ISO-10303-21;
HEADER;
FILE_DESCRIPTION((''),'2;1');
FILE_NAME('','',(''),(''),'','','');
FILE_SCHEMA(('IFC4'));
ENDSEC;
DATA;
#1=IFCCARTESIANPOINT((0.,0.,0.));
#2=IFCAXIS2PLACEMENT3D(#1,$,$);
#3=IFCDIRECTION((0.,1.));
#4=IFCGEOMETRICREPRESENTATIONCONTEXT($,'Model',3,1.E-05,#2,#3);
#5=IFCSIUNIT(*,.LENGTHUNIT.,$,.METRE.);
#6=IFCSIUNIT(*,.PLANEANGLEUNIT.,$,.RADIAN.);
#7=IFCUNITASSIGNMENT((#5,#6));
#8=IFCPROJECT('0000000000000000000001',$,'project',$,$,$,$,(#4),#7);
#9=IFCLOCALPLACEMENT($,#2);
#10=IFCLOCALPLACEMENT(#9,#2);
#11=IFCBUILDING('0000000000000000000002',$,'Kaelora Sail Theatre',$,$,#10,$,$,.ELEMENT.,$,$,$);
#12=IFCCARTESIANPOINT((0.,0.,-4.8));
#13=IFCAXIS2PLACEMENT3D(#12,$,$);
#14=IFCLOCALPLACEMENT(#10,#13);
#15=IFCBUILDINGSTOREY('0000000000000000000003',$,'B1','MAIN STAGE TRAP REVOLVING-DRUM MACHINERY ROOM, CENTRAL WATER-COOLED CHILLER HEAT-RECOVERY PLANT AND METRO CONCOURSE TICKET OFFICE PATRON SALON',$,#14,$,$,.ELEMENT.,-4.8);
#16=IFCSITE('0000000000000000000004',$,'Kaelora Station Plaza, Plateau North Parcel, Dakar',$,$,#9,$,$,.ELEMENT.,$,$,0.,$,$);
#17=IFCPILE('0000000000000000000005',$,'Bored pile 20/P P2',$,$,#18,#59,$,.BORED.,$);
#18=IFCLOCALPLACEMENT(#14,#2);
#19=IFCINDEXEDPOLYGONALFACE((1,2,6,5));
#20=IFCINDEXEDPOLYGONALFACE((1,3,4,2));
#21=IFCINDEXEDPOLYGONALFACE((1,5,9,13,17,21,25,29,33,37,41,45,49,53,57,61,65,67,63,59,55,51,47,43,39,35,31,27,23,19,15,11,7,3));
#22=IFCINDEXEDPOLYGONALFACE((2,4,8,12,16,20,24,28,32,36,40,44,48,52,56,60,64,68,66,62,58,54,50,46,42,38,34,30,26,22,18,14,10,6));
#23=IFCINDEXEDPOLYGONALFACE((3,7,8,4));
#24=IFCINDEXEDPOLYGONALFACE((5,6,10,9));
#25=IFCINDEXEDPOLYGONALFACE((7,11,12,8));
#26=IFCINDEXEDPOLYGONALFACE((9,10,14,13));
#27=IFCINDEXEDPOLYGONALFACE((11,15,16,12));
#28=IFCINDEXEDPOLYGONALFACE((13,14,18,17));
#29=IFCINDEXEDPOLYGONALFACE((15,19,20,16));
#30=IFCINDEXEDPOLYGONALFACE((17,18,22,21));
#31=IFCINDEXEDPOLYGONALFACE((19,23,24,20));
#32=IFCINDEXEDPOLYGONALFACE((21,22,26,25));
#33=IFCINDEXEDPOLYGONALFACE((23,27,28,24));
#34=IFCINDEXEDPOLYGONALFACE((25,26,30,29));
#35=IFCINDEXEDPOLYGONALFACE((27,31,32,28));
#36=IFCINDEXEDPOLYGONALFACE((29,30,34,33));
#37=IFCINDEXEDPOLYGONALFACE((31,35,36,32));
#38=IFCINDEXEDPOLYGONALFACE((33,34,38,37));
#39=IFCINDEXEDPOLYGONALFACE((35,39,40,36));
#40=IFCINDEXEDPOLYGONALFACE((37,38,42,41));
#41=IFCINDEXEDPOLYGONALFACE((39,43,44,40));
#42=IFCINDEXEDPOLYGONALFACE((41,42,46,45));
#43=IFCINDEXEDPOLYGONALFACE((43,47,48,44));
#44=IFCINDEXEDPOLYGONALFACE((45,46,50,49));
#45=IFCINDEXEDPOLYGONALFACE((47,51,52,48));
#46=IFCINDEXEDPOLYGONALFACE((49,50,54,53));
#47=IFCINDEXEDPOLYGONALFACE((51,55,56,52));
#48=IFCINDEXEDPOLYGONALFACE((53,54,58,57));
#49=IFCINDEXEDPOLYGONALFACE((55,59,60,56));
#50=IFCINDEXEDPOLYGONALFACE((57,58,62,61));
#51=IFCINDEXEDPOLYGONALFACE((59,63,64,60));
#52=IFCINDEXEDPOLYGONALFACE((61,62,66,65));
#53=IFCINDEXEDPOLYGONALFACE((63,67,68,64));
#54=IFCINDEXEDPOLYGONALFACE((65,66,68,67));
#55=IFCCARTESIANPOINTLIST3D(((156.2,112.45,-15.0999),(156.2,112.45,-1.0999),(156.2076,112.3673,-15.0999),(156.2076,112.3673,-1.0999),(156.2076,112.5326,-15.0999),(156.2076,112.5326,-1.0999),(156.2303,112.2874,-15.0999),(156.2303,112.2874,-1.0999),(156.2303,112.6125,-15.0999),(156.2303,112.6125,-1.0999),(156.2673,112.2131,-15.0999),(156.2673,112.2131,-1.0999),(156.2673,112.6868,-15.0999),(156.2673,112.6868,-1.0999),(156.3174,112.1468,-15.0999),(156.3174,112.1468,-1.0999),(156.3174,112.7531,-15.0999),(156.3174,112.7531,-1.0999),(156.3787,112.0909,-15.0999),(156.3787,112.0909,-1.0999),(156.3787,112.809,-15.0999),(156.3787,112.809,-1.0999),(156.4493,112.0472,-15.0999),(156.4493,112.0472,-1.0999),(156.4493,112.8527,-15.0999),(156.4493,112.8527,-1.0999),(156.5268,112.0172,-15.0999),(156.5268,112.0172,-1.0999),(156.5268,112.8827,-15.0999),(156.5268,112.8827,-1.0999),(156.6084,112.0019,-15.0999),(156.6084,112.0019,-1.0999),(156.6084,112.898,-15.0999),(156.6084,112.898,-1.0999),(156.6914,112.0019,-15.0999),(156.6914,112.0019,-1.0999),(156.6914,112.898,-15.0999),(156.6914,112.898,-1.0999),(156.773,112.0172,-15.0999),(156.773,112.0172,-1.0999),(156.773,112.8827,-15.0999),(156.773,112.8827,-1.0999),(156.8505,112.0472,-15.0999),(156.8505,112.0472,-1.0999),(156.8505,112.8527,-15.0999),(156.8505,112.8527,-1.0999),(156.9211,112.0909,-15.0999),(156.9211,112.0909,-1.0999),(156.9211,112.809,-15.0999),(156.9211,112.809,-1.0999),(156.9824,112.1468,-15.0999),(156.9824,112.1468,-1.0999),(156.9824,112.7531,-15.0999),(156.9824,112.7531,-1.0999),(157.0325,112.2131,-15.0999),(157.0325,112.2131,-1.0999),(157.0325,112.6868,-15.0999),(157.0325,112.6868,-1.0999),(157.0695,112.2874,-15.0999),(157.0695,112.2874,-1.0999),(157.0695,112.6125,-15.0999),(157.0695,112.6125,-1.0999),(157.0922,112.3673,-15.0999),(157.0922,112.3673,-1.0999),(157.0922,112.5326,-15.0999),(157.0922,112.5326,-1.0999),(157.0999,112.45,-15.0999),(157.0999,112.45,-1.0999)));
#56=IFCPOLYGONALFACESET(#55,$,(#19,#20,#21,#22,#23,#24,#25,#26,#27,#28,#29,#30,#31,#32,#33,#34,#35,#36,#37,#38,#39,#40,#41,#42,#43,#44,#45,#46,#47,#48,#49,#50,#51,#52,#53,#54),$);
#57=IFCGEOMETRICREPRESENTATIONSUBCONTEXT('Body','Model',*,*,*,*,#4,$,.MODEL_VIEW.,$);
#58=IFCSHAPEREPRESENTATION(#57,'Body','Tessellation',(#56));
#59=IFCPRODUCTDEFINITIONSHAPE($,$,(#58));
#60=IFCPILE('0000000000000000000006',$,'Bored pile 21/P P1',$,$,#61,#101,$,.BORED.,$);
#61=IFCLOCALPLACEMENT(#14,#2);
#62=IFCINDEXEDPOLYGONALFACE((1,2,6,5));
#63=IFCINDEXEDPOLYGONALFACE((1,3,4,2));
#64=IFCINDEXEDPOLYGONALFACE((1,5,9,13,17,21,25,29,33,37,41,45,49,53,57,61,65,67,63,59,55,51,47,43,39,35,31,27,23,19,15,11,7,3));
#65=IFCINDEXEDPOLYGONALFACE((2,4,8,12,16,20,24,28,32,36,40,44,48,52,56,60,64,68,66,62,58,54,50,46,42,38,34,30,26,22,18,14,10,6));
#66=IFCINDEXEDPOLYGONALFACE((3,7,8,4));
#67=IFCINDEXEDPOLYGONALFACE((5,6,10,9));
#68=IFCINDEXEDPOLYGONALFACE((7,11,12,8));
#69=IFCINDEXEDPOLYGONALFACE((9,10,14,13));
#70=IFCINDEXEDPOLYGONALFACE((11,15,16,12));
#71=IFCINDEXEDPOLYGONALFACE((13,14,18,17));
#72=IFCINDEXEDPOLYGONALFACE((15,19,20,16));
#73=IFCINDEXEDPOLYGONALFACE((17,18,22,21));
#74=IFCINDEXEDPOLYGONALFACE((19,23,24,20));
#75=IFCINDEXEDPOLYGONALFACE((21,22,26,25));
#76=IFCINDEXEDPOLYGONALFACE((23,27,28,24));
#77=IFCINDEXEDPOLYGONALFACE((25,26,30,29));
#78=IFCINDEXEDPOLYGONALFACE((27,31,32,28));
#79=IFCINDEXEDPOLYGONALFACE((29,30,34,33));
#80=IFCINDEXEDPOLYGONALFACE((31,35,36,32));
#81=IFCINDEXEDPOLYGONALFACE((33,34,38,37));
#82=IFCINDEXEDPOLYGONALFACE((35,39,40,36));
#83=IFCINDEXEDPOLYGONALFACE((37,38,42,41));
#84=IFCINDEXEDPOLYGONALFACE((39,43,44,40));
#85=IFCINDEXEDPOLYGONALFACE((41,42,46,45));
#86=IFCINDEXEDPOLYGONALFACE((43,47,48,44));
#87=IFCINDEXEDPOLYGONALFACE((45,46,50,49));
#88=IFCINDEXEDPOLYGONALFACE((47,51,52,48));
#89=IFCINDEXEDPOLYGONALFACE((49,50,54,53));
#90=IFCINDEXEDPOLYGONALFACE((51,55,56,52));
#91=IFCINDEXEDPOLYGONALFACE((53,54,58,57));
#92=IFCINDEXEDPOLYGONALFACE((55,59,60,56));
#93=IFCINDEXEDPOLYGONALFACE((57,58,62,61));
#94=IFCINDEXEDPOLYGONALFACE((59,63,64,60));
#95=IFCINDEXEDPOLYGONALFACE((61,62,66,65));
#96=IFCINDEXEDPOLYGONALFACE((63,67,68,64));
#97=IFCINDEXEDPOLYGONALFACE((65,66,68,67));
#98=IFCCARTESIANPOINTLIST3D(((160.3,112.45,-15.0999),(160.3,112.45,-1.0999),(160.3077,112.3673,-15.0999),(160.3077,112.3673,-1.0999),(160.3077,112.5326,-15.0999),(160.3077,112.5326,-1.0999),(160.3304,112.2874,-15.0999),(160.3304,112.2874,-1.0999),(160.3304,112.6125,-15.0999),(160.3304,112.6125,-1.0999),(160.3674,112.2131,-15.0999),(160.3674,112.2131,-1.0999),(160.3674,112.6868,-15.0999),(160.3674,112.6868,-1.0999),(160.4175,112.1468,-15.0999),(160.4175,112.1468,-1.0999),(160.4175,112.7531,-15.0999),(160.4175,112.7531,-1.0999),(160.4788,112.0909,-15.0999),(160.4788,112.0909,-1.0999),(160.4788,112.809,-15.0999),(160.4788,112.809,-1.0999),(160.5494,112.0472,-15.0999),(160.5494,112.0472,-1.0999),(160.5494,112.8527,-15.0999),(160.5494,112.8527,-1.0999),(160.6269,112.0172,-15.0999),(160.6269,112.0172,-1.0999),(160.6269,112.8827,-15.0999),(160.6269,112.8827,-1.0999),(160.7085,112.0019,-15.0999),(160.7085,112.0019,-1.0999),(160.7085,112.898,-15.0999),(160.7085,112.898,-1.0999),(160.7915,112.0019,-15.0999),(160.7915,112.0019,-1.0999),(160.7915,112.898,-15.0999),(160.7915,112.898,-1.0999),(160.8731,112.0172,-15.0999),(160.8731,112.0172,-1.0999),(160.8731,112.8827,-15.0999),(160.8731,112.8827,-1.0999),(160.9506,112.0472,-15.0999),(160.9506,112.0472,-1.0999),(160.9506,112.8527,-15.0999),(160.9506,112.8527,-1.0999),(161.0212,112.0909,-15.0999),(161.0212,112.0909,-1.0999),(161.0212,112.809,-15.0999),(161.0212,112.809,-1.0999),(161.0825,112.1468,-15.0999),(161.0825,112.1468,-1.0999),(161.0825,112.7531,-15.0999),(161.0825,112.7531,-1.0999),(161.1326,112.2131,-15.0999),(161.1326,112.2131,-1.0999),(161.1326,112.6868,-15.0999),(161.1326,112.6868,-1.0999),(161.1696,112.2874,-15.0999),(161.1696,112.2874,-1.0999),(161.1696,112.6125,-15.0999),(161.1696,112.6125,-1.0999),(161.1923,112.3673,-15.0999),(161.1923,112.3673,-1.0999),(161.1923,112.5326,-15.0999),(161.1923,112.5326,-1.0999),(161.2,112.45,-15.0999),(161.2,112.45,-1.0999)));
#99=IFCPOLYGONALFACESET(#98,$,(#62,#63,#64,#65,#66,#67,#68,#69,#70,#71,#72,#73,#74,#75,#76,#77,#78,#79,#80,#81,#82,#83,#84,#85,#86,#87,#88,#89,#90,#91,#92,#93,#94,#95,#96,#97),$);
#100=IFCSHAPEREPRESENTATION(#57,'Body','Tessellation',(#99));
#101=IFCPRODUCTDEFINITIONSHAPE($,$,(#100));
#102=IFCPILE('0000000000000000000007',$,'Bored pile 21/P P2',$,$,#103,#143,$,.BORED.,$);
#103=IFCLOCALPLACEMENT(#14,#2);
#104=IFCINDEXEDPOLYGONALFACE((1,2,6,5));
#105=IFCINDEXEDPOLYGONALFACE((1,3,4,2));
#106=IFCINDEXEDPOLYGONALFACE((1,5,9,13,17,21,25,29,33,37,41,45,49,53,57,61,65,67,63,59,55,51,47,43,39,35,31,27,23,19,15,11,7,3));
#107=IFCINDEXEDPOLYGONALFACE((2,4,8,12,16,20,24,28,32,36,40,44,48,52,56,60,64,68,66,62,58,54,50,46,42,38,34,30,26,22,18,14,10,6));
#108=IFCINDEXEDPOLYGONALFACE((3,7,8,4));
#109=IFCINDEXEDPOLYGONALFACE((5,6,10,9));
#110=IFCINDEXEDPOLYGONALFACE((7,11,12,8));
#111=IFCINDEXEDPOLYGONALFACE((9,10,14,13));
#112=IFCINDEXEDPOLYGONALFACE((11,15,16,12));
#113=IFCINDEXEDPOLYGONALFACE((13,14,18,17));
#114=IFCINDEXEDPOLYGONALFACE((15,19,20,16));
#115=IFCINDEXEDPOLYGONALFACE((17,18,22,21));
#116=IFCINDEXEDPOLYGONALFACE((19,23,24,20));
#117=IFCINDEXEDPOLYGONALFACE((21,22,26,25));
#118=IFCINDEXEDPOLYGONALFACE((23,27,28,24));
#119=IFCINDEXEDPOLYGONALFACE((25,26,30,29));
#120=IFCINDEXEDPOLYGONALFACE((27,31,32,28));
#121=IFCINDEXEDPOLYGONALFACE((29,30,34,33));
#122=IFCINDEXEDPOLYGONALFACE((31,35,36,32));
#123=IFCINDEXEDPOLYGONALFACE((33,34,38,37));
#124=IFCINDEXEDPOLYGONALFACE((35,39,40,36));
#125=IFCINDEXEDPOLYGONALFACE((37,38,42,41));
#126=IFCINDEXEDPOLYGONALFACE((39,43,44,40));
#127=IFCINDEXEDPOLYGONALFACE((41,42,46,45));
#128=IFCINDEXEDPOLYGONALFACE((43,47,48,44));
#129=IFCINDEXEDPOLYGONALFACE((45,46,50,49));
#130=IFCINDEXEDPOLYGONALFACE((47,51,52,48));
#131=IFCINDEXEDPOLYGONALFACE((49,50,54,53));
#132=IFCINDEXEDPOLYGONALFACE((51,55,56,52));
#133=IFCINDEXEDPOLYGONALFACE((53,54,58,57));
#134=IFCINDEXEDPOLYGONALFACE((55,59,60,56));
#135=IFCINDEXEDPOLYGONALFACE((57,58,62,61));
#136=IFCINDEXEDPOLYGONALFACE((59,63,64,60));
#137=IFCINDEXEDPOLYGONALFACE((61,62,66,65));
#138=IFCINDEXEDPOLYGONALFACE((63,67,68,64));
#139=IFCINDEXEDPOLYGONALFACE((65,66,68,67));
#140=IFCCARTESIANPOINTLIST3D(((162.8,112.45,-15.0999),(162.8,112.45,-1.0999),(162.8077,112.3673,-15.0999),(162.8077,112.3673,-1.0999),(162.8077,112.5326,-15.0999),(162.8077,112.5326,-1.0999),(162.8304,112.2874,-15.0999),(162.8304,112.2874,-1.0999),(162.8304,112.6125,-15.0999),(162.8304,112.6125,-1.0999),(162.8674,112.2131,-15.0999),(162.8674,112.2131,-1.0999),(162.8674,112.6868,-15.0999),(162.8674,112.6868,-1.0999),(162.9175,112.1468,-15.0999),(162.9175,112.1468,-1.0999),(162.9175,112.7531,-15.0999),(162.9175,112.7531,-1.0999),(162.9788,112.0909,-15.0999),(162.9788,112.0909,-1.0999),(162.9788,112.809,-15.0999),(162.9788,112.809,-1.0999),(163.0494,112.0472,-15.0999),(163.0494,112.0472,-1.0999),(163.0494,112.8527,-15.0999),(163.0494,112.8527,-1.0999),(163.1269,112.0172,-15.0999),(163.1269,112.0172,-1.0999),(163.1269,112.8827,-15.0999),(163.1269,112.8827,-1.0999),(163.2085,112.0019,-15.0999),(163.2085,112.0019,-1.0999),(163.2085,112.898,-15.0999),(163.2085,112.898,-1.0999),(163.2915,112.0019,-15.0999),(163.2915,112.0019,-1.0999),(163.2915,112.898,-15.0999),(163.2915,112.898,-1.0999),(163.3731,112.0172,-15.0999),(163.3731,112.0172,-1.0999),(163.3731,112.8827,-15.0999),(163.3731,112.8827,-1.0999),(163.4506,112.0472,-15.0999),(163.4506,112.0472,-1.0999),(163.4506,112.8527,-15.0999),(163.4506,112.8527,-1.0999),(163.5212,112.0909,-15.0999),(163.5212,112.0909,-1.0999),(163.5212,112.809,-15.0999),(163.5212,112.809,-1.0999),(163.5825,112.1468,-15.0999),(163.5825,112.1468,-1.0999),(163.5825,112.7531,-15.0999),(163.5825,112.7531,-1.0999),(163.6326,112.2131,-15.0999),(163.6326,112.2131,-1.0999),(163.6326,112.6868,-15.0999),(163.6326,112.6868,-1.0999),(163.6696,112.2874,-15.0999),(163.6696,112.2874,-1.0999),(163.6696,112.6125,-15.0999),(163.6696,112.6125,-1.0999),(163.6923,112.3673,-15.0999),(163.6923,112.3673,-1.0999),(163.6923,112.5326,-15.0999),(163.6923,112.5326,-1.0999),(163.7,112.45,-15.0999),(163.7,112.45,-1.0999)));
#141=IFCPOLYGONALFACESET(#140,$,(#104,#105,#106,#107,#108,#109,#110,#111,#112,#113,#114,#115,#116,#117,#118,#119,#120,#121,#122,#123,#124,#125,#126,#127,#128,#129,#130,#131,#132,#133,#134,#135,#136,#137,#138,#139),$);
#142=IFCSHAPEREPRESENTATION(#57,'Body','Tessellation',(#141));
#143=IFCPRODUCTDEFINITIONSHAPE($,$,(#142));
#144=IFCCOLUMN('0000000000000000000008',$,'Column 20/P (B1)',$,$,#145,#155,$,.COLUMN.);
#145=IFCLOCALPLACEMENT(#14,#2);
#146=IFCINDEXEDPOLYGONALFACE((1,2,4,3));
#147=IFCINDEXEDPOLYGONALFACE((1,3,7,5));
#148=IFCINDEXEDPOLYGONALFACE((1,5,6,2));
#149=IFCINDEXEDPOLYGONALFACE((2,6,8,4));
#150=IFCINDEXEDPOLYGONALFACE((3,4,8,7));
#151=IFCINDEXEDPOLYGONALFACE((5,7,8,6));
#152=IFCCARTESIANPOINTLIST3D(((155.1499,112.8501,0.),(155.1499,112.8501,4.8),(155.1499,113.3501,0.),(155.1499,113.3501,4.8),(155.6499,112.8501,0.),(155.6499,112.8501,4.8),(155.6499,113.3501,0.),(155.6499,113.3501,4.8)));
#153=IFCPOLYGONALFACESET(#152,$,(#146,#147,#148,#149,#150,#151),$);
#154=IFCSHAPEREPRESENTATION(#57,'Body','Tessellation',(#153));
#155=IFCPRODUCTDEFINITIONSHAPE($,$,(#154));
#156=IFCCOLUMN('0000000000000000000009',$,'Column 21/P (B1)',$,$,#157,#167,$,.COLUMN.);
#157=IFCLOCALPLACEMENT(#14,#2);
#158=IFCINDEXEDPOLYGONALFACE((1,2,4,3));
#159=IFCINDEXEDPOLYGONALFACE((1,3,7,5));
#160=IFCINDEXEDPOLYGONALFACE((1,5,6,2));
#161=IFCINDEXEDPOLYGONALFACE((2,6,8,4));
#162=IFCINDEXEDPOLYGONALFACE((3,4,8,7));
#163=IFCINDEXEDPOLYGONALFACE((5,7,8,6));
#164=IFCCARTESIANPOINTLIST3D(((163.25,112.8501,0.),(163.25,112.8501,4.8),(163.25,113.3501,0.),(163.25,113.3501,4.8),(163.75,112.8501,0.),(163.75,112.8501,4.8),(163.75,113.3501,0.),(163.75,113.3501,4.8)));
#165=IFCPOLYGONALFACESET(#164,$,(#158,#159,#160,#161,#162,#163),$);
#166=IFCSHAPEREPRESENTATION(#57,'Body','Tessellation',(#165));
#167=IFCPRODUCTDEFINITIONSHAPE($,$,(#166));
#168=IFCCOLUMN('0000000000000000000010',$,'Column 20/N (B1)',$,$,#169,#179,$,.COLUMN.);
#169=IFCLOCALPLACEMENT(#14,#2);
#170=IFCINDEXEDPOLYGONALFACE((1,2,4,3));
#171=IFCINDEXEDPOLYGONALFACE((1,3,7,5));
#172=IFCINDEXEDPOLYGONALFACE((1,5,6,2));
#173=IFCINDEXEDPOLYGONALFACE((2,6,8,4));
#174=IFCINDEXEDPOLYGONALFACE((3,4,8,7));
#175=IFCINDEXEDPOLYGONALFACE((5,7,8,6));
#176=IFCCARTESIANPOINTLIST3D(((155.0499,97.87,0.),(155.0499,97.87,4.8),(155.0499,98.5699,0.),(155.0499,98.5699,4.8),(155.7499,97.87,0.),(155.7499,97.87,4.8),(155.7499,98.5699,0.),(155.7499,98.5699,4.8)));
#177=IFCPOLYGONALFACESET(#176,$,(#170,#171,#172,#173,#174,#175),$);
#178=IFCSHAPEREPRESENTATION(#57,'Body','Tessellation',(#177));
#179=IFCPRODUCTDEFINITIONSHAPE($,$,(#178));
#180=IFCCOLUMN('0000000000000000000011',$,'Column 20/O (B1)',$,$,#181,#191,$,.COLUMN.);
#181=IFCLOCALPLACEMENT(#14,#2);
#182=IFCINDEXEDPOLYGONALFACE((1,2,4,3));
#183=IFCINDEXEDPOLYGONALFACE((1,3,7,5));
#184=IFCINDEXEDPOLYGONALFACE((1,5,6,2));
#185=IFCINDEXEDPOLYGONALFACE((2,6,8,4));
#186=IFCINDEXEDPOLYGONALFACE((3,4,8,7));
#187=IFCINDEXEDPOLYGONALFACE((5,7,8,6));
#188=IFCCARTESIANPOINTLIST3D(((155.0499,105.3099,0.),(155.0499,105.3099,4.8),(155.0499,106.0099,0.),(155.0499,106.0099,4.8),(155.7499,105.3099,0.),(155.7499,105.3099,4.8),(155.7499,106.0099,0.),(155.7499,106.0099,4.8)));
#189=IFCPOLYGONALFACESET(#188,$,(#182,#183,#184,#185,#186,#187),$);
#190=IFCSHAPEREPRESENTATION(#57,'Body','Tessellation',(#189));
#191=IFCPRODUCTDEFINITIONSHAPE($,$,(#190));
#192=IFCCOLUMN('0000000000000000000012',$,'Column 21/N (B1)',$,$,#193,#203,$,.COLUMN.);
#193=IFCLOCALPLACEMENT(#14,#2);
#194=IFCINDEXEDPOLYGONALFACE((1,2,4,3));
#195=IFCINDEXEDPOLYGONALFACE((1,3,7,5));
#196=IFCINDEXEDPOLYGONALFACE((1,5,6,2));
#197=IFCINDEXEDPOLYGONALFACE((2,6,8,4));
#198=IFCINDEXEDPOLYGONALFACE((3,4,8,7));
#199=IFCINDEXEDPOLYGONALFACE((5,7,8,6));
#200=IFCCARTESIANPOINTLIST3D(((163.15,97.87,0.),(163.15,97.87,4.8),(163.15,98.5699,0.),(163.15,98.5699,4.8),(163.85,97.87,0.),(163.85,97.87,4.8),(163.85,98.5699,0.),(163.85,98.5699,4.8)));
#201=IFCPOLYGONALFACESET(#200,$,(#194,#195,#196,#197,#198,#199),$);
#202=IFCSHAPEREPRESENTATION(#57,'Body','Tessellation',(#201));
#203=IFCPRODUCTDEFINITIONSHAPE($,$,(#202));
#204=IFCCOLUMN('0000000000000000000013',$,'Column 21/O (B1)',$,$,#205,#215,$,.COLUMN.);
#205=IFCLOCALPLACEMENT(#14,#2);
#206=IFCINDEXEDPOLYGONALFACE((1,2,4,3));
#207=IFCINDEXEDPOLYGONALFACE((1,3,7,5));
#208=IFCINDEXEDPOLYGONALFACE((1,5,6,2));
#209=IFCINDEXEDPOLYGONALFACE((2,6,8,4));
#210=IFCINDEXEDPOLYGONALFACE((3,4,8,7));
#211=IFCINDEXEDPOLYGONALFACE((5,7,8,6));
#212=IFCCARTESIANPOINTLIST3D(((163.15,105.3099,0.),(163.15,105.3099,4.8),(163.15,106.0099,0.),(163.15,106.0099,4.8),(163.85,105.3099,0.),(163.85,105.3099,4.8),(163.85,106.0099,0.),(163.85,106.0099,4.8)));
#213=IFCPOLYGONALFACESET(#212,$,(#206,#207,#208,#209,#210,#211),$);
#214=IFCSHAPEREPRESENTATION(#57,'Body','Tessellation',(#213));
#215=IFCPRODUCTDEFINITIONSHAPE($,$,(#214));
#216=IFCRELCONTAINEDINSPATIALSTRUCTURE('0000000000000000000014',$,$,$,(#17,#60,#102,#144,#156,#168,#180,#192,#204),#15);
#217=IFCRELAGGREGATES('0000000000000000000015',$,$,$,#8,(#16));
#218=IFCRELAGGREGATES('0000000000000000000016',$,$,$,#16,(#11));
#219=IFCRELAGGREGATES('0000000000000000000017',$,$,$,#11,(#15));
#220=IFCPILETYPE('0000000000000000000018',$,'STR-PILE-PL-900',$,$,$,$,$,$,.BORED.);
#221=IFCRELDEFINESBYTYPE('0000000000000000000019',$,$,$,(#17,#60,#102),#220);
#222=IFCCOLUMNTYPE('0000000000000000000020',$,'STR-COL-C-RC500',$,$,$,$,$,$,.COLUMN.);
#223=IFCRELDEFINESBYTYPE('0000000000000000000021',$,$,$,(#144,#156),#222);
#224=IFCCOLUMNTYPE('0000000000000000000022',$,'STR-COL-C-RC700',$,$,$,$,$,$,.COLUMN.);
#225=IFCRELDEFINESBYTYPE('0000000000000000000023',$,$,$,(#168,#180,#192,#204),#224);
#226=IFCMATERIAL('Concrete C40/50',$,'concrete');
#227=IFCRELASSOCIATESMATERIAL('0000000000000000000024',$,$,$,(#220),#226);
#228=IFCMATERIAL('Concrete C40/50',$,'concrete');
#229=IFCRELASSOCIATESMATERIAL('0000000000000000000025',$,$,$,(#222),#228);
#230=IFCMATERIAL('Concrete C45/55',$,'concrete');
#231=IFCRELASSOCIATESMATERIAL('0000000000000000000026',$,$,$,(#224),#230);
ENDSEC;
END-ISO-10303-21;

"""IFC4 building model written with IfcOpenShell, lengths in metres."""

from ifc_helpers import new_model, si_unit, direction, frame, origin, origin_2d, place, context, subcontext, project, spatial, rectangle, circle, extrude, material, material_profile, profile_set, type_object, element, save


model = new_model("IFC4")

# Units and contexts
model_context = context("Model", 3, precision=1e-05, world=origin(), true_north=direction((0.0, 1.0)))
body_context = subcontext(model_context, "Body", "Model", "MODEL_VIEW")
ifc_project = project(units=[si_unit("LENGTHUNIT", "METRE"), si_unit("PLANEANGLEUNIT", "RADIAN")], contexts=[model_context])

# Site, building, storey
site_placement = place(None, origin())
site = spatial("IfcSite", under=ifc_project, at=site_placement, Name="Kaelora Station Plaza, Plateau North Parcel, Dakar", CompositionType="ELEMENT", RefElevation=0.0)
building_placement = place(site_placement, origin())
building = spatial("IfcBuilding", under=site, at=building_placement, Name="Kaelora Sail Theatre", CompositionType="ELEMENT")
storey_placement = place(building_placement, frame((0.0, 0.0, -4.8)))
storey = spatial("IfcBuildingStorey", under=building, at=storey_placement, Name="B1", Description="MAIN STAGE TRAP REVOLVING-DRUM MACHINERY ROOM, CENTRAL WATER-COOLED CHILLER HEAT-RECOVERY PLANT AND METRO CONCOURSE TICKET OFFICE PATRON SALON", CompositionType="ELEMENT", Elevation=-4.8)

# Piles
ifc_material_1 = material(Name="Concrete C40/50", Category="concrete")
ifc_material_profile_1 = material_profile(ifc_material_1, circle(Radius=0.45, at=origin_2d()), Name="PILE D900")
ifc_profile_set_1 = profile_set([ifc_material_profile_1], Name="Concrete C40/50")
pile_type_1 = type_object("IfcPileType", Name="STR-PILE-PL-900", PredefinedType="BORED", material=ifc_profile_set_1)
for number, where, z_axis, x_axis, name in (
    (1, (156.6499, 112.45, -1.0999), (0.0, 0.0, -1.0), (1.0, 0.0, 0.0), "Bored pile 20/P P2"),
    (2, (160.75, 112.45, -1.0999), (0.0, 0.0, -1.0), (1.0, 0.0, 0.0), "Bored pile 21/P P1"),
    (3, (163.25, 112.45, -1.0999), (0.0, 0.0, -1.0), (1.0, 0.0, 0.0), "Bored pile 21/P P2"),
):
    element("IfcPile", number, at=place(storey_placement, frame(where, z_axis=z_axis, x_axis=x_axis)), inside=storey, type_object=pile_type_1, Name=name, PredefinedType="BORED", context=body_context, shape_type="SweptSolid", body=[
        extrude(circle(Radius=0.45, at=origin_2d()), origin(), (0.0, 0.0, 1.0), 14.0),
    ])

# Columns
ifc_material_2 = material(Name="Concrete C40/50", Category="concrete")
ifc_material_profile_2 = material_profile(ifc_material_2, rectangle(XDim=0.5, YDim=0.5, at=origin_2d()), Name="RC-COL 500x500")
ifc_profile_set_2 = profile_set([ifc_material_profile_2], Name="Concrete C40/50")
column_type_1 = type_object("IfcColumnType", Name="STR-COL-C-RC500", PredefinedType="COLUMN", material=ifc_profile_set_2)
for number, where, z_axis, x_axis, name in (
    (4, (155.3999, 113.1001, 0.0), (0.0, 0.0, 1.0), (1.0, 0.0, 0.0), "Column 20/P (B1)"),
    (5, (163.5, 113.1001, 0.0), (0.0, 0.0, 1.0), (1.0, 0.0, 0.0), "Column 21/P (B1)"),
):
    element("IfcColumn", number, at=place(storey_placement, frame(where, z_axis=z_axis, x_axis=x_axis)), inside=storey, type_object=column_type_1, Name=name, PredefinedType="COLUMN", context=body_context, shape_type="SweptSolid", body=[
        extrude(rectangle(XDim=0.5, YDim=0.5, at=origin_2d()), origin(), (0.0, 0.0, 1.0), 4.8),
    ])
ifc_material_3 = material(Name="Concrete C45/55", Category="concrete")
ifc_material_profile_3 = material_profile(ifc_material_3, rectangle(XDim=0.7, YDim=0.7, at=origin_2d()), Name="RC-COL 700x700")
ifc_profile_set_3 = profile_set([ifc_material_profile_3], Name="Concrete C45/55")
column_type_2 = type_object("IfcColumnType", Name="STR-COL-C-RC700", PredefinedType="COLUMN", material=ifc_profile_set_3)
for number, where, z_axis, x_axis, name in (
    (6, (155.3999, 98.22, 0.0), (0.0, 0.0, 1.0), (1.0, 0.0, 0.0), "Column 20/N (B1)"),
    (7, (155.3999, 105.6599, 0.0), (0.0, 0.0, 1.0), (1.0, 0.0, 0.0), "Column 20/O (B1)"),
    (8, (163.5, 98.22, 0.0), (0.0, 0.0, 1.0), (1.0, 0.0, 0.0), "Column 21/N (B1)"),
    (9, (163.5, 105.6599, 0.0), (0.0, 0.0, 1.0), (1.0, 0.0, 0.0), "Column 21/O (B1)"),
):
    element("IfcColumn", number, at=place(storey_placement, frame(where, z_axis=z_axis, x_axis=x_axis)), inside=storey, type_object=column_type_2, Name=name, PredefinedType="COLUMN", context=body_context, shape_type="SweptSolid", body=[
        extrude(rectangle(XDim=0.7, YDim=0.7, at=origin_2d()), origin(), (0.0, 0.0, 1.0), 4.8),
    ])

save(model, "model.ifc")
